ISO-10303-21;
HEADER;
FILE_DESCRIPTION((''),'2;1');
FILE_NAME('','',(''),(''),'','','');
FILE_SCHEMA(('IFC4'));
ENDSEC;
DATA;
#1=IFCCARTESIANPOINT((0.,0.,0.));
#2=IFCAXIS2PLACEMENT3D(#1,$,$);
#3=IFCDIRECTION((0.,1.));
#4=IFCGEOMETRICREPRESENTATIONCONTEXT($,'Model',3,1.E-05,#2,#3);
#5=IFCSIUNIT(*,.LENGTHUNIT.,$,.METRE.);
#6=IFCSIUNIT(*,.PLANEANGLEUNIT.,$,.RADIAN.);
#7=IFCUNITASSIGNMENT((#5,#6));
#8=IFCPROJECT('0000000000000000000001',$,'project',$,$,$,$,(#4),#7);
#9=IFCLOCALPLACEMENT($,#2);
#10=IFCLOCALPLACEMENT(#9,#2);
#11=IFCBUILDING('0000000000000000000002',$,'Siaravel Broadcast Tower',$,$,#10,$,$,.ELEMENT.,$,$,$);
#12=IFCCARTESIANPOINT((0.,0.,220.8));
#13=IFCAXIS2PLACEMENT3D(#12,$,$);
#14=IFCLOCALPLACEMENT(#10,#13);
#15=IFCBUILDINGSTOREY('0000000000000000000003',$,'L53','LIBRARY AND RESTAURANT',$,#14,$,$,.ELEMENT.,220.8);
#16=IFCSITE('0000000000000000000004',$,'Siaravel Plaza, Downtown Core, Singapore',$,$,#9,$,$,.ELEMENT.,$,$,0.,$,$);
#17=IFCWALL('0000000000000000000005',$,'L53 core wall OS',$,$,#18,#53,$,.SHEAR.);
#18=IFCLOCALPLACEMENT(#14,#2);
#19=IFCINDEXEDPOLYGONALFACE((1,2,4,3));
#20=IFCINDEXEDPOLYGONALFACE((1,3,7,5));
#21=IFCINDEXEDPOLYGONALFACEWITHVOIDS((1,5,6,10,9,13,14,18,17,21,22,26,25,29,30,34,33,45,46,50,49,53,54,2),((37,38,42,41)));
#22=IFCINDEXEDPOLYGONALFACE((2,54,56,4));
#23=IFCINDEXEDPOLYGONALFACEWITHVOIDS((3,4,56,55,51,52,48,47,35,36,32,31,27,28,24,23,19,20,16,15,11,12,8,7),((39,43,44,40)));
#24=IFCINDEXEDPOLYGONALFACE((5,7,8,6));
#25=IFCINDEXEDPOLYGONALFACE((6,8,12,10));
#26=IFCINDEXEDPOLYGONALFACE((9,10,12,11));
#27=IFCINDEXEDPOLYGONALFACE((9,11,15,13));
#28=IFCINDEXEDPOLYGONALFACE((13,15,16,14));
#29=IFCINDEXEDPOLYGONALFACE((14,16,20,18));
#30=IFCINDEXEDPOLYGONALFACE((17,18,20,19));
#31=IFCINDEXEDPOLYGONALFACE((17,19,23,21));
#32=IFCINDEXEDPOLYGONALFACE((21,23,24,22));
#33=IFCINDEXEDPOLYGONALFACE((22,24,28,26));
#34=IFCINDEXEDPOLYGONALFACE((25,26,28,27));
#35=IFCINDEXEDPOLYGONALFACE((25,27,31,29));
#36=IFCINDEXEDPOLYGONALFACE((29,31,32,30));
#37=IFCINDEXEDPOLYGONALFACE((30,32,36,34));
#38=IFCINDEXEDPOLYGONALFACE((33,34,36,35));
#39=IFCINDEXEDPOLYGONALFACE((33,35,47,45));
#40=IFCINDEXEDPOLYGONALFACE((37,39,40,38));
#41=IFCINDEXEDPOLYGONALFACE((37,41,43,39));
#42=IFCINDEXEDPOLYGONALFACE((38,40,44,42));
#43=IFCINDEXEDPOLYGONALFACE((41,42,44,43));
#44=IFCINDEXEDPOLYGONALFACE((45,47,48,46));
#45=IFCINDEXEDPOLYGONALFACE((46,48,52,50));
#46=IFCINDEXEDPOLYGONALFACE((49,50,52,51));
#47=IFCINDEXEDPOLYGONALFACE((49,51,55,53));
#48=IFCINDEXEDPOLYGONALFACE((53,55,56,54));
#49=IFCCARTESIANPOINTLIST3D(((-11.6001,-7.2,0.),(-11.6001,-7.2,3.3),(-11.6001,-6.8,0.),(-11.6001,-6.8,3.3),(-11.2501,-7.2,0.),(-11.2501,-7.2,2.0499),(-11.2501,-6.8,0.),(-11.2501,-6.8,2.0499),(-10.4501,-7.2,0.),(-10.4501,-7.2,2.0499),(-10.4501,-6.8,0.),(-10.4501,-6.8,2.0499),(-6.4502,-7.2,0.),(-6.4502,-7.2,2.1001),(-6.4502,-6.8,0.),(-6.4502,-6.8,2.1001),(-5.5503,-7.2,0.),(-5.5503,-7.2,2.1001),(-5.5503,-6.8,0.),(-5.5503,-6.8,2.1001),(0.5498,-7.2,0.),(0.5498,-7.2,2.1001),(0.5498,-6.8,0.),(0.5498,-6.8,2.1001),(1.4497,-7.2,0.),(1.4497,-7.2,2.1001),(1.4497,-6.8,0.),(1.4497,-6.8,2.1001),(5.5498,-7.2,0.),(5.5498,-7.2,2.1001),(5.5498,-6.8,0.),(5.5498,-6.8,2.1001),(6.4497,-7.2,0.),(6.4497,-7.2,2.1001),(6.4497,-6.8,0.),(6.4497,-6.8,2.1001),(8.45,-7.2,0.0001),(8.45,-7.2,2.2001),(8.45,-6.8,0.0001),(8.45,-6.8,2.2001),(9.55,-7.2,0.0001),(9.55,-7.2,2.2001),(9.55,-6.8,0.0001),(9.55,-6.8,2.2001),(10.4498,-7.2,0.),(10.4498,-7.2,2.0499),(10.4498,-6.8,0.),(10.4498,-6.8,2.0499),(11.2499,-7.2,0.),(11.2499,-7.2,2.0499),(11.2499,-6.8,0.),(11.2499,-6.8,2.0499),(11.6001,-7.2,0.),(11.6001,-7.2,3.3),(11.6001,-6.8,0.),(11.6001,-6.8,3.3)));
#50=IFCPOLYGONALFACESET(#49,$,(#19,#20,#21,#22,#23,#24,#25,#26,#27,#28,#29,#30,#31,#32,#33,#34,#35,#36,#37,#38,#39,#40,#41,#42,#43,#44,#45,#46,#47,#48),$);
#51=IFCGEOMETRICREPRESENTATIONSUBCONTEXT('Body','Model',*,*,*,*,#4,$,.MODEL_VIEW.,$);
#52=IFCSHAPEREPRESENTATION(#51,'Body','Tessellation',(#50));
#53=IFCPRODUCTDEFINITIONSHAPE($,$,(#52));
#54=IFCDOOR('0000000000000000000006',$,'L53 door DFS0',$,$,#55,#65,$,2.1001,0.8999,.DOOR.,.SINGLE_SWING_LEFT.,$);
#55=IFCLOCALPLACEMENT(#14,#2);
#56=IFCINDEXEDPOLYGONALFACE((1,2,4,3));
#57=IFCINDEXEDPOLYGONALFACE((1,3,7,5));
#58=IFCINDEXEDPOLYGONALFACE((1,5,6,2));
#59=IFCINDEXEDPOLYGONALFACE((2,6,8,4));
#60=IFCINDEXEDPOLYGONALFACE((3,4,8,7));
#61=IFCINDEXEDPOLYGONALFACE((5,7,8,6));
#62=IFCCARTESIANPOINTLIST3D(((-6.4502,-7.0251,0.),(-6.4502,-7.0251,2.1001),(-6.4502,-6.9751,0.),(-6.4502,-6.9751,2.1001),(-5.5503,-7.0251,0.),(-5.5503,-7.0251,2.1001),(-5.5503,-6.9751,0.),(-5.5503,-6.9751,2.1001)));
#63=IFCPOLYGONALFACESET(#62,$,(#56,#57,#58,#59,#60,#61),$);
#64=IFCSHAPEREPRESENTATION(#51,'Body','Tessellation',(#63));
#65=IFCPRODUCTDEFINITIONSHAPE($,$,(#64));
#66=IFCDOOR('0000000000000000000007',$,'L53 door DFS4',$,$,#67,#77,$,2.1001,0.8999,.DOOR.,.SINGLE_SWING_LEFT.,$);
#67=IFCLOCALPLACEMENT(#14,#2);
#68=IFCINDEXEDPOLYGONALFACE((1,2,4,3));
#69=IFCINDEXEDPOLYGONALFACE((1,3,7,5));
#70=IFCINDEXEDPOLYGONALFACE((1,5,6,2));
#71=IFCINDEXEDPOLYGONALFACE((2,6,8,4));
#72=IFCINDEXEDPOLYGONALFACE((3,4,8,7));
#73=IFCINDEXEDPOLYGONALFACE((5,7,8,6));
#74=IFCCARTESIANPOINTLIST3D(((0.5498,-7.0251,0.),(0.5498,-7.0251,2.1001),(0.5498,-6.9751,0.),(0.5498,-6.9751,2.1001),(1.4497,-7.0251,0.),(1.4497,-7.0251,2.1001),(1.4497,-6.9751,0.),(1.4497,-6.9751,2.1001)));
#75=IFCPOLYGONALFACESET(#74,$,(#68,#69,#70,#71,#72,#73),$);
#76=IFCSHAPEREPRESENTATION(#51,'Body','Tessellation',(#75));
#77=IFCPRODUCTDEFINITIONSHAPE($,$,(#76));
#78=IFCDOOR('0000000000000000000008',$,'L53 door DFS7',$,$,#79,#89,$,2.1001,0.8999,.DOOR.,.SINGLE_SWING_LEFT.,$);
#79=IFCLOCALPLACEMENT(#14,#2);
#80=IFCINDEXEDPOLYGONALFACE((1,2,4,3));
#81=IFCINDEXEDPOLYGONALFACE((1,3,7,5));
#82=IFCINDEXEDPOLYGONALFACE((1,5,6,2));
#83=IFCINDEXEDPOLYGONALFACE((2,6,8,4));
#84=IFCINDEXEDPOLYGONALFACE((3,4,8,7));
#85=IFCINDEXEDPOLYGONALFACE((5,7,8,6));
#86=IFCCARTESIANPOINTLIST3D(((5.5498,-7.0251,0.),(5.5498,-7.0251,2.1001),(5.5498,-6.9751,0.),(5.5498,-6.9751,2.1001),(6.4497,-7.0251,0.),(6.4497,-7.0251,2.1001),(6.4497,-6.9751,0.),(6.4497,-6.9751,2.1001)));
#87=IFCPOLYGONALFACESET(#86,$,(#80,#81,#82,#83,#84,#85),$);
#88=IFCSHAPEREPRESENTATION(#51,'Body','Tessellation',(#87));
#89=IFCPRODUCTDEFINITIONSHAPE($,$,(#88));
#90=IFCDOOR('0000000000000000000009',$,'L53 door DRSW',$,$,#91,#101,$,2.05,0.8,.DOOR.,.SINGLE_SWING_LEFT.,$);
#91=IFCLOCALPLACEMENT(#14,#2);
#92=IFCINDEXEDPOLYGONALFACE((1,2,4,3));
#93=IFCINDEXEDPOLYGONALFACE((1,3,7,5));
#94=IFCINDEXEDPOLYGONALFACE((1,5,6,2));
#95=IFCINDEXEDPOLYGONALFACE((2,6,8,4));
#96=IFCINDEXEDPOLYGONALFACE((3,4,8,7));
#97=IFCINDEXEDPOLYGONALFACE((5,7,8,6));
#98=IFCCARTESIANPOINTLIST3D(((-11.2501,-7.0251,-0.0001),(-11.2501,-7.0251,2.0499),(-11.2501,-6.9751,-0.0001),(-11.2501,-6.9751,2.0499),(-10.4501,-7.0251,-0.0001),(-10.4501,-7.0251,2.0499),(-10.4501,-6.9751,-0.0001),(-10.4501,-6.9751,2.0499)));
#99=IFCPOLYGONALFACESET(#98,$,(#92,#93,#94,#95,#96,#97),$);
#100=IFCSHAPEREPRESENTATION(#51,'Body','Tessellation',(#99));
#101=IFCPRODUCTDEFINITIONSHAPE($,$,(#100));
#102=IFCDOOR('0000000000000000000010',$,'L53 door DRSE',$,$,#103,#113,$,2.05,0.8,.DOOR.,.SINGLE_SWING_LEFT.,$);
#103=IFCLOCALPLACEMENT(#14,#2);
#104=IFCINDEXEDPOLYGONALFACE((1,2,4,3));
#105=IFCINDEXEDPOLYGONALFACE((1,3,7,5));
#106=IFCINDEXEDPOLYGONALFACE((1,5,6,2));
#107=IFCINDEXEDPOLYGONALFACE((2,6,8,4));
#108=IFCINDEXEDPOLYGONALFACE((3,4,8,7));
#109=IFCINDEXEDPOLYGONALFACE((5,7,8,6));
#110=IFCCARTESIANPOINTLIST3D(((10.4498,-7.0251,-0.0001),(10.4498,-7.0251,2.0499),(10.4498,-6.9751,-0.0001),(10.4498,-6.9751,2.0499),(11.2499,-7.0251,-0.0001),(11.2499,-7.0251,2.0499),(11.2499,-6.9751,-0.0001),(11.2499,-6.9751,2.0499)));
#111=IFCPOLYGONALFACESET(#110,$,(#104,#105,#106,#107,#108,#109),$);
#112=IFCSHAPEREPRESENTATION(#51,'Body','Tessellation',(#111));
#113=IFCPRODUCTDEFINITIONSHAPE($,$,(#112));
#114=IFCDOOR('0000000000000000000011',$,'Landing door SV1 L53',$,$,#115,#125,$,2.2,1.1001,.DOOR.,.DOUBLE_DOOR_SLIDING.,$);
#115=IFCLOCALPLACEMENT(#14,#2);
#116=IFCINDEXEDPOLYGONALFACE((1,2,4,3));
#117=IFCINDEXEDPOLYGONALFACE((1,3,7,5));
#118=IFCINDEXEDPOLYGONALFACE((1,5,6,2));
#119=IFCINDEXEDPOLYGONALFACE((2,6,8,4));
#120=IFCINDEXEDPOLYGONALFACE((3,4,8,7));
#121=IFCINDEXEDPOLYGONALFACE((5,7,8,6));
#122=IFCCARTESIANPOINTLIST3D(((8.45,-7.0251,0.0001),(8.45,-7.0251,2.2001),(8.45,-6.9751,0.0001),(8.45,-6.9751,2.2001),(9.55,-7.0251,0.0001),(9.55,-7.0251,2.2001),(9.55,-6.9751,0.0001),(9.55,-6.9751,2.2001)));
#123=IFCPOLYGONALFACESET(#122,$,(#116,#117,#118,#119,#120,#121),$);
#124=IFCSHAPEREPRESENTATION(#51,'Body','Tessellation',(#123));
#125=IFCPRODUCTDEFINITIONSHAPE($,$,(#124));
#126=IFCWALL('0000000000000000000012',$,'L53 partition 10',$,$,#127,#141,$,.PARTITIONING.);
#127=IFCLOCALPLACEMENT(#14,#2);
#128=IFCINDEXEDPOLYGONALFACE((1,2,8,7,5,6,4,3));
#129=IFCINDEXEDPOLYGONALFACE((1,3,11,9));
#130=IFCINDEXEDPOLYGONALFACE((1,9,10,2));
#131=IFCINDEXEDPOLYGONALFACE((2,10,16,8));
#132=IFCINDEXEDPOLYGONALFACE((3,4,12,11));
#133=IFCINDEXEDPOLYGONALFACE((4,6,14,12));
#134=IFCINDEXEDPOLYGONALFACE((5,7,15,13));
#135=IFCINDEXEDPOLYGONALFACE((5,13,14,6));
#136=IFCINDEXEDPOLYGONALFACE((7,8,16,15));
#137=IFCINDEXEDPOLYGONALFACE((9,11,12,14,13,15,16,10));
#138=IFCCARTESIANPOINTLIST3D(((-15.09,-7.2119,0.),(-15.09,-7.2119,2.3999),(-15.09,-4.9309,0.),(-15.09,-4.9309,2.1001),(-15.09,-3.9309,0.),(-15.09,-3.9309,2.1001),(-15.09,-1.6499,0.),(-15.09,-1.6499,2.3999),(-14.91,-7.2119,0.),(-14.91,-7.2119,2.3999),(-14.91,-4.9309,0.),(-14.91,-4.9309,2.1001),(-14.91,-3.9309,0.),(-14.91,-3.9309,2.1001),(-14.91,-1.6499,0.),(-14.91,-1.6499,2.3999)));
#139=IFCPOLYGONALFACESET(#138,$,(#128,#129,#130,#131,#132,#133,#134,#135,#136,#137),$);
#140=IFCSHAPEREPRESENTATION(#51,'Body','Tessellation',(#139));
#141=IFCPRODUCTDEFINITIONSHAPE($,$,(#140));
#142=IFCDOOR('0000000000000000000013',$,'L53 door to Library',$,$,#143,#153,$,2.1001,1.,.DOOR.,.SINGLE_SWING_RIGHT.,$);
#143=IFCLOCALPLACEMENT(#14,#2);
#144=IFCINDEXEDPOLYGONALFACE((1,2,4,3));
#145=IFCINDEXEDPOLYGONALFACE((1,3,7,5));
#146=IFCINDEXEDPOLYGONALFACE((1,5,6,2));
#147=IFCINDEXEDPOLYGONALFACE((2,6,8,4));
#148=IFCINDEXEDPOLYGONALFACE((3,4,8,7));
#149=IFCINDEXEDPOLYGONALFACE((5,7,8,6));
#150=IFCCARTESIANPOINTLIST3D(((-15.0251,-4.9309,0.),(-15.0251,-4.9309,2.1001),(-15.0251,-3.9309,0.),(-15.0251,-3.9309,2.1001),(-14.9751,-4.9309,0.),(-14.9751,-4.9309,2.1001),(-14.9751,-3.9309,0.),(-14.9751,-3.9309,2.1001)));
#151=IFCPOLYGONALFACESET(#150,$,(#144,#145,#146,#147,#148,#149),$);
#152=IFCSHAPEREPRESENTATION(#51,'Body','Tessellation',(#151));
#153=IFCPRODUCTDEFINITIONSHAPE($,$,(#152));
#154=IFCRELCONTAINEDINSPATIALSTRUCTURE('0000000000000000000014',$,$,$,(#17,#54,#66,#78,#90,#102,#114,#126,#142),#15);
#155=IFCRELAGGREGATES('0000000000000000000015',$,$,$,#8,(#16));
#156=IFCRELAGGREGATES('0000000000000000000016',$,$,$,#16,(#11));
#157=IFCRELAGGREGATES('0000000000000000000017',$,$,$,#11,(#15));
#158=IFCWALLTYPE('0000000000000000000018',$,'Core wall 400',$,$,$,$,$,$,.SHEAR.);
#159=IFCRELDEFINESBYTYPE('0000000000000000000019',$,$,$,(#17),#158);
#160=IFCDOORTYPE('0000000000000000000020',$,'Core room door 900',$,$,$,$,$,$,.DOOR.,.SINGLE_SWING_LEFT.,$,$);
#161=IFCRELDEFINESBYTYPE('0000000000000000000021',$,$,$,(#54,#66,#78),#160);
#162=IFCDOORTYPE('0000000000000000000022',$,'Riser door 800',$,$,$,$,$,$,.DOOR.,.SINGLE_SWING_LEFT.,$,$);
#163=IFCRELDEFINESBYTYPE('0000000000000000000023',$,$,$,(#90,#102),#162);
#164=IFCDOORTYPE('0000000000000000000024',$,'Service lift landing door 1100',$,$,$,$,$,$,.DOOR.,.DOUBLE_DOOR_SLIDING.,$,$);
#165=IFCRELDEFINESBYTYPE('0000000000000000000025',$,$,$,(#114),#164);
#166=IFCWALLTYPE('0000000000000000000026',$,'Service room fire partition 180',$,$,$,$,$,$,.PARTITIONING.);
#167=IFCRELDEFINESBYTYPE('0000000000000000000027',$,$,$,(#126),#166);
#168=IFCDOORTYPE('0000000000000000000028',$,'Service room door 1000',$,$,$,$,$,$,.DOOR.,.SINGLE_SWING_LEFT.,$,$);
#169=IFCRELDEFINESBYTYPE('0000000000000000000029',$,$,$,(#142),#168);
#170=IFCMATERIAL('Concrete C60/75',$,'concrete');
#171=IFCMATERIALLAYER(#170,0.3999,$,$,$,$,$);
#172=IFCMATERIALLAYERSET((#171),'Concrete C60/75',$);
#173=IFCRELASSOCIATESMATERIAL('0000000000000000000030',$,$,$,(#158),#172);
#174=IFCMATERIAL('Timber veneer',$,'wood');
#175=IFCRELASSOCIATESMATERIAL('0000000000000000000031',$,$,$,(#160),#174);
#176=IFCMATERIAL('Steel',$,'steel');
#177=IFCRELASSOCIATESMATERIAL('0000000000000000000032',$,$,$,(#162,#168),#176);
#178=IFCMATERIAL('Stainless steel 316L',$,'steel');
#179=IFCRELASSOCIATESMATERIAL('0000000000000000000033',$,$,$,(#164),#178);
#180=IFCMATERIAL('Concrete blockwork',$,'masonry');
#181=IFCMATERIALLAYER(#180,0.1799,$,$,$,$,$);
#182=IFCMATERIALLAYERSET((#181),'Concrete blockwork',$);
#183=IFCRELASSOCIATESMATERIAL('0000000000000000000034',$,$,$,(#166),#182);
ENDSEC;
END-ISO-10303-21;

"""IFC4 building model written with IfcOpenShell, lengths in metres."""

from ifc_helpers import new_model, si_unit, direction, frame, frame_2d, origin, place, context, subcontext, project, spatial, rectangle, extrude, material, layer, layer_set, type_object, element, fill, save


model = new_model("IFC4")

# Units and contexts
model_context = context("Model", 3, precision=1e-05, world=origin(), true_north=direction((0.0, 1.0)))
body_context = subcontext(model_context, "Body", "Model", "MODEL_VIEW")
ifc_project = project(units=[si_unit("LENGTHUNIT", "METRE"), si_unit("PLANEANGLEUNIT", "RADIAN")], contexts=[model_context])

# Site, building, storey
site_placement = place(None, origin())
site = spatial("IfcSite", under=ifc_project, at=site_placement, Name="Siaravel Plaza, Downtown Core, Singapore", CompositionType="ELEMENT", RefElevation=0.0)
building_placement = place(site_placement, origin())
building = spatial("IfcBuilding", under=site, at=building_placement, Name="Siaravel Broadcast Tower", CompositionType="ELEMENT")
storey_placement = place(building_placement, frame((0.0, 0.0, 220.8)))
storey = spatial("IfcBuildingStorey", under=building, at=storey_placement, Name="L53", Description="LIBRARY AND RESTAURANT", CompositionType="ELEMENT", Elevation=220.8)

# Shared definitions
ifc_material_1 = material(Name="Concrete C60/75", Category="concrete")
ifc_layer_1 = layer(ifc_material_1, 0.3999)
ifc_layer_set_1 = layer_set([ifc_layer_1], Name="Concrete C60/75")
wall_type_1 = type_object("IfcWallType", Name="Core wall 400", PredefinedType="SHEAR", material=ifc_layer_set_1)
ifc_material_2 = material(Name="Steel", Category="steel")

# Wall, openings, doors
wall_1_placement = place(storey_placement, frame((-11.6001, -7.0, 0.0), z_axis=(0.0, 0.0, 1.0), x_axis=(1.0, 0.0, 0.0)))
wall_1 = element("IfcWall", 1, at=wall_1_placement, inside=storey, type_object=wall_type_1, Name="L53 core wall OS", PredefinedType="SHEAR", context=body_context, shape_type="SweptSolid", body=[
    extrude(rectangle(XDim=23.2002, YDim=0.3999, at=frame_2d((11.6001, 0.0))), origin(), (0.0, 0.0, 1.0), 3.3),
])
opening_1_placement = place(wall_1_placement, frame((20.05, 0.0, 0.0)))
opening_1 = element("IfcOpeningElement", 2, at=opening_1_placement, cuts=wall_1, PredefinedType="OPENING", context=body_context, shape_type="SweptSolid", body=[
    extrude(rectangle(XDim=1.1001, YDim=2.2, at=frame_2d((0.55, 1.1001))), frame((0.0, 0.21, 0.0), z_axis=(0.0, -1.0, 0.0), x_axis=(1.0, 0.0, 0.0)), (0.0, 0.0, 1.0), 0.4199),
])
opening_2_placement = place(wall_1_placement, frame((5.1499, 0.0, 0.0)))
opening_2 = element("IfcOpeningElement", 3, at=opening_2_placement, cuts=wall_1, PredefinedType="OPENING", context=body_context, shape_type="SweptSolid", body=[
    extrude(rectangle(XDim=0.8999, YDim=2.1001, at=frame_2d((0.45, 1.05))), frame((0.0, 0.21, 0.0), z_axis=(0.0, -1.0, 0.0), x_axis=(1.0, 0.0, 0.0)), (0.0, 0.0, 1.0), 0.4199),
])
opening_3_placement = place(wall_1_placement, frame((12.1499, 0.0, 0.0)))
opening_3 = element("IfcOpeningElement", 4, at=opening_3_placement, cuts=wall_1, PredefinedType="OPENING", context=body_context, shape_type="SweptSolid", body=[
    extrude(rectangle(XDim=0.8999, YDim=2.1001, at=frame_2d((0.45, 1.05))), frame((0.0, 0.21, 0.0), z_axis=(0.0, -1.0, 0.0), x_axis=(1.0, 0.0, 0.0)), (0.0, 0.0, 1.0), 0.4199),
])
opening_4_placement = place(wall_1_placement, frame((17.1499, 0.0, 0.0)))
opening_4 = element("IfcOpeningElement", 5, at=opening_4_placement, cuts=wall_1, PredefinedType="OPENING", context=body_context, shape_type="SweptSolid", body=[
    extrude(rectangle(XDim=0.8999, YDim=2.1001, at=frame_2d((0.45, 1.05))), frame((0.0, 0.21, 0.0), z_axis=(0.0, -1.0, 0.0), x_axis=(1.0, 0.0, 0.0)), (0.0, 0.0, 1.0), 0.4199),
])
opening_5_placement = place(wall_1_placement, frame((0.3501, 0.0, 0.0)))
opening_5 = element("IfcOpeningElement", 6, at=opening_5_placement, cuts=wall_1, PredefinedType="OPENING", context=body_context, shape_type="SweptSolid", body=[
    extrude(rectangle(XDim=0.8, YDim=2.05, at=frame_2d((0.3999, 1.0249))), frame((0.0, 0.21, 0.0), z_axis=(0.0, -1.0, 0.0), x_axis=(1.0, 0.0, 0.0)), (0.0, 0.0, 1.0), 0.4199),
])
opening_6_placement = place(wall_1_placement, frame((22.05, 0.0, 0.0)))
opening_6 = element("IfcOpeningElement", 7, at=opening_6_placement, cuts=wall_1, PredefinedType="OPENING", context=body_context, shape_type="SweptSolid", body=[
    extrude(rectangle(XDim=0.8, YDim=2.05, at=frame_2d((0.3999, 1.0249))), frame((0.0, 0.21, 0.0), z_axis=(0.0, -1.0, 0.0), x_axis=(1.0, 0.0, 0.0)), (0.0, 0.0, 1.0), 0.4199),
])
ifc_material_3 = material(Name="Timber veneer", Category="wood")
door_type_1 = type_object("IfcDoorType", Name="Core room door 900", OperationType="SINGLE_SWING_LEFT", PredefinedType="DOOR", material=ifc_material_3)
door_1_placement = place(opening_2_placement, origin())
door_1 = element("IfcDoor", 8, at=door_1_placement, inside=storey, type_object=door_type_1, Name="L53 door DFS0", OperationType="SINGLE_SWING_LEFT", OverallHeight=2.1001, OverallWidth=0.8999, PredefinedType="DOOR", context=body_context, shape_type="SweptSolid", body=[
    extrude(rectangle(XDim=0.8999, YDim=2.1001, at=frame_2d((0.45, 1.05))), frame((0.0, 0.0249, 0.0), z_axis=(0.0, -1.0, 0.0), x_axis=(1.0, 0.0, 0.0)), (0.0, 0.0, 1.0), 0.05),
])
fill(opening_2, door_1)
door_2_placement = place(opening_3_placement, origin())
door_2 = element("IfcDoor", 9, at=door_2_placement, inside=storey, type_object=door_type_1, Name="L53 door DFS4", OperationType="SINGLE_SWING_LEFT", OverallHeight=2.1001, OverallWidth=0.8999, PredefinedType="DOOR", context=body_context, shape_type="SweptSolid", body=[
    extrude(rectangle(XDim=0.8999, YDim=2.1001, at=frame_2d((0.45, 1.05))), frame((0.0, 0.0249, 0.0), z_axis=(0.0, -1.0, 0.0), x_axis=(1.0, 0.0, 0.0)), (0.0, 0.0, 1.0), 0.05),
])
fill(opening_3, door_2)
door_3_placement = place(opening_4_placement, origin())
door_3 = element("IfcDoor", 10, at=door_3_placement, inside=storey, type_object=door_type_1, Name="L53 door DFS7", OperationType="SINGLE_SWING_LEFT", OverallHeight=2.1001, OverallWidth=0.8999, PredefinedType="DOOR", context=body_context, shape_type="SweptSolid", body=[
    extrude(rectangle(XDim=0.8999, YDim=2.1001, at=frame_2d((0.45, 1.05))), frame((0.0, 0.0249, 0.0), z_axis=(0.0, -1.0, 0.0), x_axis=(1.0, 0.0, 0.0)), (0.0, 0.0, 1.0), 0.05),
])
fill(opening_4, door_3)
door_type_2 = type_object("IfcDoorType", Name="Riser door 800", OperationType="SINGLE_SWING_LEFT", PredefinedType="DOOR", material=ifc_material_2)
door_4_placement = place(opening_5_placement, origin())
door_4 = element("IfcDoor", 11, at=door_4_placement, inside=storey, type_object=door_type_2, Name="L53 door DRSW", OperationType="SINGLE_SWING_LEFT", OverallHeight=2.05, OverallWidth=0.8, PredefinedType="DOOR", context=body_context, shape_type="SweptSolid", body=[
    extrude(rectangle(XDim=0.8, YDim=2.05, at=frame_2d((0.3999, 1.0249))), frame((0.0, 0.0249, 0.0), z_axis=(0.0, -1.0, 0.0), x_axis=(1.0, 0.0, 0.0)), (0.0, 0.0, 1.0), 0.05),
])
fill(opening_5, door_4)
door_5_placement = place(opening_6_placement, origin())
door_5 = element("IfcDoor", 12, at=door_5_placement, inside=storey, type_object=door_type_2, Name="L53 door DRSE", OperationType="SINGLE_SWING_LEFT", OverallHeight=2.05, OverallWidth=0.8, PredefinedType="DOOR", context=body_context, shape_type="SweptSolid", body=[
    extrude(rectangle(XDim=0.8, YDim=2.05, at=frame_2d((0.3999, 1.0249))), frame((0.0, 0.0249, 0.0), z_axis=(0.0, -1.0, 0.0), x_axis=(1.0, 0.0, 0.0)), (0.0, 0.0, 1.0), 0.05),
])
fill(opening_6, door_5)
ifc_material_4 = material(Name="Stainless steel 316L", Category="steel")
door_type_3 = type_object("IfcDoorType", Name="Service lift landing door 1100", OperationType="DOUBLE_DOOR_SLIDING", PredefinedType="DOOR", material=ifc_material_4)
door_6_placement = place(opening_1_placement, origin())
door_6 = element("IfcDoor", 13, at=door_6_placement, inside=storey, type_object=door_type_3, Name="Landing door SV1 L53", OperationType="DOUBLE_DOOR_SLIDING", OverallHeight=2.2, OverallWidth=1.1001, PredefinedType="DOOR", context=body_context, shape_type="SweptSolid", body=[
    extrude(rectangle(XDim=1.1001, YDim=2.2, at=frame_2d((0.55, 1.1001))), frame((0.0, 0.0249, 0.0), z_axis=(0.0, -1.0, 0.0), x_axis=(1.0, 0.0, 0.0)), (0.0, 0.0, 1.0), 0.05),
])
fill(opening_1, door_6)

# Wall, opening, door
ifc_material_5 = material(Name="Concrete blockwork", Category="masonry")
ifc_layer_2 = layer(ifc_material_5, 0.1799)
ifc_layer_set_2 = layer_set([ifc_layer_2], Name="Concrete blockwork")
wall_type_2 = type_object("IfcWallType", Name="Service room fire partition 180", PredefinedType="PARTITIONING", material=ifc_layer_set_2)
wall_2_placement = place(storey_placement, frame((-15.0, -1.6499, 0.0), z_axis=(0.0, 0.0, 1.0), x_axis=(0.0, -1.0, 0.0)))
wall_2 = element("IfcWall", 14, at=wall_2_placement, inside=storey, type_object=wall_type_2, Name="L53 partition 10", PredefinedType="PARTITIONING", context=body_context, shape_type="SweptSolid", body=[
    extrude(rectangle(XDim=5.562, YDim=0.1799, at=frame_2d((2.781, 0.0))), origin(), (0.0, 0.0, 1.0), 2.3999),
])
opening_7_placement = place(wall_2_placement, frame((2.281, 0.0, 0.0)))
opening_7 = element("IfcOpeningElement", 15, at=opening_7_placement, cuts=wall_2, PredefinedType="OPENING", context=body_context, shape_type="SweptSolid", body=[
    extrude(rectangle(XDim=1.0, YDim=2.1001, at=frame_2d((0.5, 1.05))), frame((0.0, 0.0999, 0.0), z_axis=(0.0, -1.0, 0.0), x_axis=(1.0, 0.0, 0.0)), (0.0, 0.0, 1.0), 0.2),
])
door_type_4 = type_object("IfcDoorType", Name="Service room door 1000", OperationType="SINGLE_SWING_LEFT", PredefinedType="DOOR", material=ifc_material_2)
door_7_placement = place(opening_7_placement, origin())
door_7 = element("IfcDoor", 16, at=door_7_placement, inside=storey, type_object=door_type_4, Name="L53 door to Library", OperationType="SINGLE_SWING_RIGHT", OverallHeight=2.1001, OverallWidth=1.0, PredefinedType="DOOR", context=body_context, shape_type="SweptSolid", body=[
    extrude(rectangle(XDim=1.0, YDim=2.1001, at=frame_2d((0.5, 1.05))), frame((0.0, 0.0249, 0.0), z_axis=(0.0, -1.0, 0.0), x_axis=(1.0, 0.0, 0.0)), (0.0, 0.0, 1.0), 0.05),
])
fill(opening_7, door_7)

save(model, "model.ifc")
